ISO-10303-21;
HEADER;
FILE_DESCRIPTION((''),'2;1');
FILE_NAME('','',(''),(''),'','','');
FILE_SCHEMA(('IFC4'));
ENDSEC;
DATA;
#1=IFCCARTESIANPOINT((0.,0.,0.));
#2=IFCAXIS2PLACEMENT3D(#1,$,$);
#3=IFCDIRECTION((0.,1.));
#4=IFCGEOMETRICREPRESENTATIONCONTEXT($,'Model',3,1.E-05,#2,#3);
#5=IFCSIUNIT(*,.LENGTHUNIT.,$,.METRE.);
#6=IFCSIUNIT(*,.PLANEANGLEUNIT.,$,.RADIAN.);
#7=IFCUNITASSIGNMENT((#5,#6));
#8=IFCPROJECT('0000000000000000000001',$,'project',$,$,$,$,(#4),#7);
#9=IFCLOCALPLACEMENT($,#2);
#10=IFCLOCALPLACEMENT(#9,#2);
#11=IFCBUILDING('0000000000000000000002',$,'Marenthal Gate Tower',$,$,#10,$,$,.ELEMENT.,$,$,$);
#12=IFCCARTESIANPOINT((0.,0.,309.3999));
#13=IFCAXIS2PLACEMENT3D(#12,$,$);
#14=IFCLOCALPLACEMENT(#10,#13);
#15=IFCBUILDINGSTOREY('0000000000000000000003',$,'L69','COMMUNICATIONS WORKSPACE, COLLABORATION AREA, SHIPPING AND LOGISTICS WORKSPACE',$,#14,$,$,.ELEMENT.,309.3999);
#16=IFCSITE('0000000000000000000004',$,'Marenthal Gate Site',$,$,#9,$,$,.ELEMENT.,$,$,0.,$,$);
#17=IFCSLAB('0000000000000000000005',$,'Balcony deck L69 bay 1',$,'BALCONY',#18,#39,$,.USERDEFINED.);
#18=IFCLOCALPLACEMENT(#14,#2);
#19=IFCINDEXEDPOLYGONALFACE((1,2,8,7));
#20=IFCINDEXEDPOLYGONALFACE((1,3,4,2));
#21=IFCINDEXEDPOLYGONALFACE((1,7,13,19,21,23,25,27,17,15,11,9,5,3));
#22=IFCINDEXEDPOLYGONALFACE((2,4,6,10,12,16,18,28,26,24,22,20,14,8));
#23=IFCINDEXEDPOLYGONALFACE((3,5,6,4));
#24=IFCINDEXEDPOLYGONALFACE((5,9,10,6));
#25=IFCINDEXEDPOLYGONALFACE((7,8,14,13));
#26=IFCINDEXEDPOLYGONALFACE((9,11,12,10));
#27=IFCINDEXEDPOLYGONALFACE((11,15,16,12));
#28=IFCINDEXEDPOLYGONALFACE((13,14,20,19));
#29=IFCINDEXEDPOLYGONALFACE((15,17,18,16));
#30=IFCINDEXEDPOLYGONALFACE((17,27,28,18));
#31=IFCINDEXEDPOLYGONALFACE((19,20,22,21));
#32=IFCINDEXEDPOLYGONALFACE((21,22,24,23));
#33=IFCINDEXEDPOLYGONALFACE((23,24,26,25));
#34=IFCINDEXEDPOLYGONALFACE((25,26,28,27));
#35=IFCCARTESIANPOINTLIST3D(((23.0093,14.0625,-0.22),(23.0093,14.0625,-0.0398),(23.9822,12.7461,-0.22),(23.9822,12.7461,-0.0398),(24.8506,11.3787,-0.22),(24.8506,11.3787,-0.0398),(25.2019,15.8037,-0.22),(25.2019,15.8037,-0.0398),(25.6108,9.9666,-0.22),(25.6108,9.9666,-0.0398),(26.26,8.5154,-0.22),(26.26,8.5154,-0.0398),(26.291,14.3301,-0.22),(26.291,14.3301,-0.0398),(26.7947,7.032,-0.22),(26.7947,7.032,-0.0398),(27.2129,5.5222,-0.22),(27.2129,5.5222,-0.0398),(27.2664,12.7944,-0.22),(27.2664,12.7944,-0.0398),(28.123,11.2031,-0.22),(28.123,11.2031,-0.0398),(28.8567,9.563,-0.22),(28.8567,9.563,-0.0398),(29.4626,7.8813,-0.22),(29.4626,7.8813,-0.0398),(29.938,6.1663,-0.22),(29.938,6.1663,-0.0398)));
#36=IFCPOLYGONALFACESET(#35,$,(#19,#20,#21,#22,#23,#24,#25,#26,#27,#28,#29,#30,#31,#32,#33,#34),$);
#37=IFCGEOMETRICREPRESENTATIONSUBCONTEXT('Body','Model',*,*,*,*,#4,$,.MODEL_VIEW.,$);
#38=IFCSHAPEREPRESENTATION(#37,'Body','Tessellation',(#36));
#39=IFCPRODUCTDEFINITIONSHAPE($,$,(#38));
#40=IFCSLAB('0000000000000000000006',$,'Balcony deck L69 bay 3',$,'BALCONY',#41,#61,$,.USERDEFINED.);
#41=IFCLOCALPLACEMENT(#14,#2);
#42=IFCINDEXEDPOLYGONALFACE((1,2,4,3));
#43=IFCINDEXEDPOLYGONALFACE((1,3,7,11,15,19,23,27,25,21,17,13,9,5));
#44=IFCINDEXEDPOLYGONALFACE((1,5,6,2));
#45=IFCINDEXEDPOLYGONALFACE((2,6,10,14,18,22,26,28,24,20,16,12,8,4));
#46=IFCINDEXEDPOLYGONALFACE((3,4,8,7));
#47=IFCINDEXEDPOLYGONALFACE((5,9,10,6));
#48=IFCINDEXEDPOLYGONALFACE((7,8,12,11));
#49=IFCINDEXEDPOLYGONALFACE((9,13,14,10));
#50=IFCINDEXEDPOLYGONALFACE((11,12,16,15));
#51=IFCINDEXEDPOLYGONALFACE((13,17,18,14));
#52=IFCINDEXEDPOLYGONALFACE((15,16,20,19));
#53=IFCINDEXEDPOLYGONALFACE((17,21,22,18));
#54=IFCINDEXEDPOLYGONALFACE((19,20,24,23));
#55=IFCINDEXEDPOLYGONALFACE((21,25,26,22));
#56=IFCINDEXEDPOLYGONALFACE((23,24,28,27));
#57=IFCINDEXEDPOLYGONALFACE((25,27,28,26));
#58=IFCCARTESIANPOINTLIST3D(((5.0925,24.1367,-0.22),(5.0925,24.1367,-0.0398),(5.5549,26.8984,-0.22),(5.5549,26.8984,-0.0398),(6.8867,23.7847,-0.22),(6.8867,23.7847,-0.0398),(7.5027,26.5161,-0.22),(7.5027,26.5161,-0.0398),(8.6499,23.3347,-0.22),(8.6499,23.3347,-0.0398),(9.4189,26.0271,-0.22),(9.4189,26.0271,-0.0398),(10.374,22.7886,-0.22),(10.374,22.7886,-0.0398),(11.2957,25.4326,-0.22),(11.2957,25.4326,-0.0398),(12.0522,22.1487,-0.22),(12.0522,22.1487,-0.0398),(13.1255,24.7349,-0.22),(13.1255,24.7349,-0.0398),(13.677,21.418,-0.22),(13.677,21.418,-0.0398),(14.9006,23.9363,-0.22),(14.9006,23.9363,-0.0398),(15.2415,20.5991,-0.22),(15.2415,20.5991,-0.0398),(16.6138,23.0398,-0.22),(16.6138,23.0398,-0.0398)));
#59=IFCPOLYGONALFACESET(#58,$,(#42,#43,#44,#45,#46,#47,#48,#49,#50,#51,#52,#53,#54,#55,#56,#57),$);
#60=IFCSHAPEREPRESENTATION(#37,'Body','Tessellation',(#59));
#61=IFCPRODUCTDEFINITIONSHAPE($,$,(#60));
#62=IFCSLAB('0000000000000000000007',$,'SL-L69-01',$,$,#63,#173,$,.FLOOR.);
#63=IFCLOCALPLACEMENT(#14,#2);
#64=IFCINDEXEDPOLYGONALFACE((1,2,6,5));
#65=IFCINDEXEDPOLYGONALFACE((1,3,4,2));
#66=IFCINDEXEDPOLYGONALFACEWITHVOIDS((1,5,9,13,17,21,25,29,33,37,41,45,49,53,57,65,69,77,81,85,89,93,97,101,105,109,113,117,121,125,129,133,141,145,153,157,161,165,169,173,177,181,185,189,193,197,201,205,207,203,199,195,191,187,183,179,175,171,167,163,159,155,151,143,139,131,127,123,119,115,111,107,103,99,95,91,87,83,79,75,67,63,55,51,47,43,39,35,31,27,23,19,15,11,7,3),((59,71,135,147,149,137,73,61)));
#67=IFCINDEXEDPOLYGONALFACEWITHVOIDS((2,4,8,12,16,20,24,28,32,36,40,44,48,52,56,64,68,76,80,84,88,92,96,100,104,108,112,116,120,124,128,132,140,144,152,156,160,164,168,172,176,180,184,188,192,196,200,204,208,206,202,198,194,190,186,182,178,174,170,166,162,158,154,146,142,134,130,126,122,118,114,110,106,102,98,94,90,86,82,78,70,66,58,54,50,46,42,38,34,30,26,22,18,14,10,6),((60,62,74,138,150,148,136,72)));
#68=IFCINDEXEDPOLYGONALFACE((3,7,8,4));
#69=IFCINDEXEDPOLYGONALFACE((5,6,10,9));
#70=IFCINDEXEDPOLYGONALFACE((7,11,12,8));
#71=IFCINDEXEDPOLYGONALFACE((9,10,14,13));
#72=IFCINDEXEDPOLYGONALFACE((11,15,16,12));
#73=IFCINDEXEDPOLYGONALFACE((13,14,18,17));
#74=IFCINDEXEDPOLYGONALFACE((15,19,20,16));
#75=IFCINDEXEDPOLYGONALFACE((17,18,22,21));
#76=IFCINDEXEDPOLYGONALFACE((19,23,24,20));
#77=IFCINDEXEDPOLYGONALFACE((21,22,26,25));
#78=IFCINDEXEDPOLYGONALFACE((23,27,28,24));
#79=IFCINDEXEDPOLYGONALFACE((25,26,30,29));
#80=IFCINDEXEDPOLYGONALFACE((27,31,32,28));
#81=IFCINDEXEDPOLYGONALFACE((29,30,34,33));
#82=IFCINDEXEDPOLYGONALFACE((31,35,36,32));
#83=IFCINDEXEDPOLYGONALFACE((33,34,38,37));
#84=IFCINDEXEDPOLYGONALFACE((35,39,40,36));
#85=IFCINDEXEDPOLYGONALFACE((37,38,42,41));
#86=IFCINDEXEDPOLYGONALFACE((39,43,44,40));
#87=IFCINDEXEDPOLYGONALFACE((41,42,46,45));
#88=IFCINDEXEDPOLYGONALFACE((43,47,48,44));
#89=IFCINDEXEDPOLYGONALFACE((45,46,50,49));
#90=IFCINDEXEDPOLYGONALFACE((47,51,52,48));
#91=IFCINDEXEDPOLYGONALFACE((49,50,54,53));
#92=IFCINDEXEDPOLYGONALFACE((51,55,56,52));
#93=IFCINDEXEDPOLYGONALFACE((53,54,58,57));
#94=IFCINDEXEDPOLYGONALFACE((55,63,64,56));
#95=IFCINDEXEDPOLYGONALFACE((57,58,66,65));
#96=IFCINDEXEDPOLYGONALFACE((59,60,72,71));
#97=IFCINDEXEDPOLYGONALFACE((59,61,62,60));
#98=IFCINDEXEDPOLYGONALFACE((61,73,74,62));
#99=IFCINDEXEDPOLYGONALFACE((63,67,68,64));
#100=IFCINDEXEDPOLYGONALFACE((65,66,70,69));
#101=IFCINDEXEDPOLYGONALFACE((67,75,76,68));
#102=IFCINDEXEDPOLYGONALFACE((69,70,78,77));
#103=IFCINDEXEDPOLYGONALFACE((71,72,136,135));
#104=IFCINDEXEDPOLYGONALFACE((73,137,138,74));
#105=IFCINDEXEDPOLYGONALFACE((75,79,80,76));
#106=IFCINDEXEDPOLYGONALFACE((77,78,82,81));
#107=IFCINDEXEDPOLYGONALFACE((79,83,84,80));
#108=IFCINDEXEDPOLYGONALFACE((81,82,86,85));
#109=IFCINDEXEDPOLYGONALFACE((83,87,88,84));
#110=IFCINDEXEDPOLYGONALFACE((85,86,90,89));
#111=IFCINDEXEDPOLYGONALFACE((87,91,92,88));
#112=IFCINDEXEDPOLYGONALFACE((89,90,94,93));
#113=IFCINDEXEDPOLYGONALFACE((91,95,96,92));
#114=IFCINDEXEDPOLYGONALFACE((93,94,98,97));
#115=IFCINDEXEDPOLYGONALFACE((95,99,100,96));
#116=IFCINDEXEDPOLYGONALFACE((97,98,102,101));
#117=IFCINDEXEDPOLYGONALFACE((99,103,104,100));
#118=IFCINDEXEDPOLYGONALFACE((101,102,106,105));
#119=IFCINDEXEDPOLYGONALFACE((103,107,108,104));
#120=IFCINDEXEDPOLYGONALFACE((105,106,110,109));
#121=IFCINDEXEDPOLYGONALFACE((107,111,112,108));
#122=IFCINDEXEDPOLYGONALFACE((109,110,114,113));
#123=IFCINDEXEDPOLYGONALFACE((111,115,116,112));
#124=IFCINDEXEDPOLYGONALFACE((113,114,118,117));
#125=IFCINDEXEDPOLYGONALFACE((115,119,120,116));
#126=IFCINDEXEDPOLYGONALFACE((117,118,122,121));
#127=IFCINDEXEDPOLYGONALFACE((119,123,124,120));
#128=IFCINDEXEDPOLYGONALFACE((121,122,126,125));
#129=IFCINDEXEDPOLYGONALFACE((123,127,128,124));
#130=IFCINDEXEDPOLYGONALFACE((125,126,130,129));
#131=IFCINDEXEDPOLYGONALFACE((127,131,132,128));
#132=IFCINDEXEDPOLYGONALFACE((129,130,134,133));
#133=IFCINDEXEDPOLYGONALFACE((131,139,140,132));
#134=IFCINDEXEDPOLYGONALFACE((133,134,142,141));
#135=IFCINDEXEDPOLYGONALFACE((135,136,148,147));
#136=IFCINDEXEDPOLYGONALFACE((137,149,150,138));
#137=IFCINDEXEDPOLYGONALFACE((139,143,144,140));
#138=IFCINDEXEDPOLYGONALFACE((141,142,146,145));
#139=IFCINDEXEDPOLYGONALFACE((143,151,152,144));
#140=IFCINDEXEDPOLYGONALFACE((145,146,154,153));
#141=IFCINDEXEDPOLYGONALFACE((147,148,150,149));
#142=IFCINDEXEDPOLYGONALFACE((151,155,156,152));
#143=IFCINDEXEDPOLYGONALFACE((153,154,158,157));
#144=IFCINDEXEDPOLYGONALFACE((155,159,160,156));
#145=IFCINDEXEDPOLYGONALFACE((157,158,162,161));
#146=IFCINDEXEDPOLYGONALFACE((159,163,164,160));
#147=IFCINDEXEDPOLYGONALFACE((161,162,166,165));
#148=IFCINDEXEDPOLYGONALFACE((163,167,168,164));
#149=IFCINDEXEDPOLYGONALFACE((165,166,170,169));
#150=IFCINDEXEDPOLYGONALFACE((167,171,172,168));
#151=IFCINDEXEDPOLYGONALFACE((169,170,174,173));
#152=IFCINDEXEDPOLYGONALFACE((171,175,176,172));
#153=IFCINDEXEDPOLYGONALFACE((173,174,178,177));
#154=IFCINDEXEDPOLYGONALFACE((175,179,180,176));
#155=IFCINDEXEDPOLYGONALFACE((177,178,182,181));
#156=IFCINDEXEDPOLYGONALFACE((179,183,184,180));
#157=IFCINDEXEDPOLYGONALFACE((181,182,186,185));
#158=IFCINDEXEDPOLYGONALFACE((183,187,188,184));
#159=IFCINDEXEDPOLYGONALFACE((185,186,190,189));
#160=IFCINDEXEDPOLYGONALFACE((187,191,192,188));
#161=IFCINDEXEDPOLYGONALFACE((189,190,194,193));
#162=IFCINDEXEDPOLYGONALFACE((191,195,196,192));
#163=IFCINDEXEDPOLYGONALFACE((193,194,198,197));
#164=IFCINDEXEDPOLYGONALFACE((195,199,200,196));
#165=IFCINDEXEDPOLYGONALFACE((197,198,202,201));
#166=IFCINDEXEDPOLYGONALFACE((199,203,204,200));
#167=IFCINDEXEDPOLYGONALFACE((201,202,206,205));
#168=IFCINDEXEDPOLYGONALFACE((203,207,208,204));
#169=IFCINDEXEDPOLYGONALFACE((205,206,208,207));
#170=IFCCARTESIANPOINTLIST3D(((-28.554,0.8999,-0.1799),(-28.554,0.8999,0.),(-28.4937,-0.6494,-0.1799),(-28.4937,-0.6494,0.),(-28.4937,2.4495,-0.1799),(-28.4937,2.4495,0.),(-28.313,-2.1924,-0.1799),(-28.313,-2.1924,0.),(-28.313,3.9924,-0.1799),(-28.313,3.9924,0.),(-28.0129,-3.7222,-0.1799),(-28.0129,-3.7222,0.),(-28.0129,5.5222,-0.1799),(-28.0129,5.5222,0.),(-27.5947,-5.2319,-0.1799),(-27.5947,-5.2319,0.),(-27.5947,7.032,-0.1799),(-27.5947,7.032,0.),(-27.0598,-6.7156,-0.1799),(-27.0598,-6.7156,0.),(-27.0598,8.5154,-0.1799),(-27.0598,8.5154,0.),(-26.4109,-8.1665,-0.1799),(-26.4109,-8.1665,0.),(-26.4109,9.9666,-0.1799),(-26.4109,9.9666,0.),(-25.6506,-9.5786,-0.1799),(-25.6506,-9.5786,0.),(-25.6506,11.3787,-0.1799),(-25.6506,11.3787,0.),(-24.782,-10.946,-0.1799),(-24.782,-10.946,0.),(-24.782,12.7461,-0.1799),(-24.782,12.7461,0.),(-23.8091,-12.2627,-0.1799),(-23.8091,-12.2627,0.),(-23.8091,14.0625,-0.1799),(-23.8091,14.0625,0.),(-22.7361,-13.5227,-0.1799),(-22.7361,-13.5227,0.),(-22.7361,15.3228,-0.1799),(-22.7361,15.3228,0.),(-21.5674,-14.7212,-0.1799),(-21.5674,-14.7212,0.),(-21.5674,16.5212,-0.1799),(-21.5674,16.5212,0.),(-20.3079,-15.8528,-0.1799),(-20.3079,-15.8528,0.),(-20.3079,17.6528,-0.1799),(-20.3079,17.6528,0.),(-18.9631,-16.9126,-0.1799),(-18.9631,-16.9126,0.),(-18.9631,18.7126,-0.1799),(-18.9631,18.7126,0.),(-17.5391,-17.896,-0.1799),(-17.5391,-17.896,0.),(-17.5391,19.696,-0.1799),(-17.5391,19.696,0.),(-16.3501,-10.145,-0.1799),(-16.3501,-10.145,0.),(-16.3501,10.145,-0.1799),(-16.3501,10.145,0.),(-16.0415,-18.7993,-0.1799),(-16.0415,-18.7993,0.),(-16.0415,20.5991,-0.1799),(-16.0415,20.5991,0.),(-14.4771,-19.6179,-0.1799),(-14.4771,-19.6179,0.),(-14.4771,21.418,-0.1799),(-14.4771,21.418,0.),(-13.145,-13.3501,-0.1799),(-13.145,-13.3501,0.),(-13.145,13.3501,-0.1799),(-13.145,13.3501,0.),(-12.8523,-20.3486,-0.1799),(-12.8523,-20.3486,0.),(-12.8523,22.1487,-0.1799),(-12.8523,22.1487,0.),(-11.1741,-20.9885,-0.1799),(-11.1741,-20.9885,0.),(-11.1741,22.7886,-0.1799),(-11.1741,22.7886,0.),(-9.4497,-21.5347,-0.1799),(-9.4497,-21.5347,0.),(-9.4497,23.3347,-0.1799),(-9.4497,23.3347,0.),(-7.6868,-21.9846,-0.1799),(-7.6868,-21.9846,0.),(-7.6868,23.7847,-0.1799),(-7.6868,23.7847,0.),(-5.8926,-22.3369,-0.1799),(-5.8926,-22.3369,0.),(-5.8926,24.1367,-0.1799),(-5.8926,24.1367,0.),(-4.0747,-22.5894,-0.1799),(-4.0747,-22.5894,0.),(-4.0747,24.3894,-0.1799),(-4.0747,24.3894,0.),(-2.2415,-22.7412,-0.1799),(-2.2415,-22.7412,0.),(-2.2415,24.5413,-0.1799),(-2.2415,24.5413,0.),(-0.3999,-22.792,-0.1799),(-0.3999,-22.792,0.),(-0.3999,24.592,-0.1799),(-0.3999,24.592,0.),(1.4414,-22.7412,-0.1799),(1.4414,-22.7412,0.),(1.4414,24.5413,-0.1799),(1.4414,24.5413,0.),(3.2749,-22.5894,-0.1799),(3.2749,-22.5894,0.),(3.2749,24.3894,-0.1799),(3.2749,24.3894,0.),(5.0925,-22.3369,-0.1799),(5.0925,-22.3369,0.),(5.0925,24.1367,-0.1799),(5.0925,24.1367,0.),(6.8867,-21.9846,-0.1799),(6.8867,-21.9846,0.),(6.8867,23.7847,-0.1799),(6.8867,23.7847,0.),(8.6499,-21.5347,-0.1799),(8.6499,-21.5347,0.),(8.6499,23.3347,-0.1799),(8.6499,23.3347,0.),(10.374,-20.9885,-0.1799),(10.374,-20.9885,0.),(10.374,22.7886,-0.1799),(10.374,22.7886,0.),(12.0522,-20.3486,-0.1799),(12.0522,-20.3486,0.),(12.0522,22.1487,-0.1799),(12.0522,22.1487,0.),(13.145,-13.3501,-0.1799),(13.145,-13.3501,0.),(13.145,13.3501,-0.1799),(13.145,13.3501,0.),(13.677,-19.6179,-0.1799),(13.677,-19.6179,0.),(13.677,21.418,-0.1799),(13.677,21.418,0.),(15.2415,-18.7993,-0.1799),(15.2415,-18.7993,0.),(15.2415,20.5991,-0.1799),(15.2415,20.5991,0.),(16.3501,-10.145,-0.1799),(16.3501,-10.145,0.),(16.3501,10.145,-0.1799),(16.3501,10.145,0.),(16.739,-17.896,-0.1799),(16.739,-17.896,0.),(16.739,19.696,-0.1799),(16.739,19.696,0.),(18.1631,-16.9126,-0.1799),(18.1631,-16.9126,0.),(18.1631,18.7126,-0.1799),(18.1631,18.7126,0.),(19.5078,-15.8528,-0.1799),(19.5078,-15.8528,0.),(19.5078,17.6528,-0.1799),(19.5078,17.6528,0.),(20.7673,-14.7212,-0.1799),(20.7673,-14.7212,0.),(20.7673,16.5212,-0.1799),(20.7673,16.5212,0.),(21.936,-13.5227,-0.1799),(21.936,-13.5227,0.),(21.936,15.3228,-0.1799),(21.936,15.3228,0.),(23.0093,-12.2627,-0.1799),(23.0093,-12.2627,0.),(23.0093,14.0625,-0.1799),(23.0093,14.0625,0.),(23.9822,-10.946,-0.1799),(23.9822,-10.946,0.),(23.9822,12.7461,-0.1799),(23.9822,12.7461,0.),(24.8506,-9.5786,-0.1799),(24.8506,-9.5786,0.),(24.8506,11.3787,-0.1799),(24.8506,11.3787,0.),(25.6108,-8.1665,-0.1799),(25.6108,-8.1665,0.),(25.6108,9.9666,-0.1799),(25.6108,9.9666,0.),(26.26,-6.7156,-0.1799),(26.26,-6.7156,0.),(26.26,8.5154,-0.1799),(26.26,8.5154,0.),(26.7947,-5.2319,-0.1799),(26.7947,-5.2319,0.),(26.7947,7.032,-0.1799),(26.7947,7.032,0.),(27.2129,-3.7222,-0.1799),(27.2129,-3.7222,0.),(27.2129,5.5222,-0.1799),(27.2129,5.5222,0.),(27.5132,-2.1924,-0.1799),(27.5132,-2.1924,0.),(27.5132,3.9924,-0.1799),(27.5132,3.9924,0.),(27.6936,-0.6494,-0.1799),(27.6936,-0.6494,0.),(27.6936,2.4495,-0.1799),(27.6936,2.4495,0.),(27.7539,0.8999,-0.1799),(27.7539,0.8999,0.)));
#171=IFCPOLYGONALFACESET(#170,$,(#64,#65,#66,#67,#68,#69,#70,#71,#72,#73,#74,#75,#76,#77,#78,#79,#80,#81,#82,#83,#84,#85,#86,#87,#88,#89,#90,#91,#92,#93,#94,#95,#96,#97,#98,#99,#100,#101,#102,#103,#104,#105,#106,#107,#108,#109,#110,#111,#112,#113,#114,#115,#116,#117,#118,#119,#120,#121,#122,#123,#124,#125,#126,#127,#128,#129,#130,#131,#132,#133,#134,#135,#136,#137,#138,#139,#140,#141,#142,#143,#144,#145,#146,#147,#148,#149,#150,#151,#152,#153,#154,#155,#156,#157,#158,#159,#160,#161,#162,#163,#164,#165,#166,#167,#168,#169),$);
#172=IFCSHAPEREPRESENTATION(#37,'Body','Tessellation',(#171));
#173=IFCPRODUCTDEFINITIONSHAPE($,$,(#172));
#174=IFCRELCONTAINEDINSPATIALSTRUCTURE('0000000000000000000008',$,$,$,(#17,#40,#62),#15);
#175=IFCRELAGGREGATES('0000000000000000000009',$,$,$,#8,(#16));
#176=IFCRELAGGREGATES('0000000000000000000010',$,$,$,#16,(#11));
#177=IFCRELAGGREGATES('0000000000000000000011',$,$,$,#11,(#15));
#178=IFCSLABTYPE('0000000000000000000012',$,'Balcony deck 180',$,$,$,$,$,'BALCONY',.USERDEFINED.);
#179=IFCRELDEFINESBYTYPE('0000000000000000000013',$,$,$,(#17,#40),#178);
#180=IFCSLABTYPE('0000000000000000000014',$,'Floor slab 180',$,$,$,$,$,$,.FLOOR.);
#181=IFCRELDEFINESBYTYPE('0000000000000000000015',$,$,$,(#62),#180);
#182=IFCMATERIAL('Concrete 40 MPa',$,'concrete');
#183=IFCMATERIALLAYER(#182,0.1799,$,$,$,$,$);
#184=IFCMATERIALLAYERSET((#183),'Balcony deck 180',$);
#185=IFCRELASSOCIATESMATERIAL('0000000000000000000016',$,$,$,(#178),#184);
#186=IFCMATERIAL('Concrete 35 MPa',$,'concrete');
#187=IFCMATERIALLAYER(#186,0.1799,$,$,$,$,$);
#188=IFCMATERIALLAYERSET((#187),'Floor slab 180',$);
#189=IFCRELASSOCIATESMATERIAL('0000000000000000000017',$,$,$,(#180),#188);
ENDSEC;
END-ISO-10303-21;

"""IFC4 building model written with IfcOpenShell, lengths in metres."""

from ifc_helpers import new_model, si_unit, direction, frame, origin, place, context, subcontext, project, spatial, polyline, outline, extrude, material, layer, layer_set, type_object, element, save


model = new_model("IFC4")

# Units and contexts
model_context = context("Model", 3, precision=1e-05, world=origin(), true_north=direction((0.0, 1.0)))
body_context = subcontext(model_context, "Body", "Model", "MODEL_VIEW")
ifc_project = project(units=[si_unit("LENGTHUNIT", "METRE"), si_unit("PLANEANGLEUNIT", "RADIAN")], contexts=[model_context])

# Site, building, storey
site_placement = place(None, origin())
site = spatial("IfcSite", under=ifc_project, at=site_placement, Name="Marenthal Gate Site", CompositionType="ELEMENT", RefElevation=0.0)
building_placement = place(site_placement, origin())
building = spatial("IfcBuilding", under=site, at=building_placement, Name="Marenthal Gate Tower", CompositionType="ELEMENT")
storey_placement = place(building_placement, frame((0.0, 0.0, 309.3999)))
storey = spatial("IfcBuildingStorey", under=building, at=storey_placement, Name="L69", Description="COMMUNICATIONS WORKSPACE, COLLABORATION AREA, SHIPPING AND LOGISTICS WORKSPACE", CompositionType="ELEMENT", Elevation=309.3999)

# Slabs
ifc_material_1 = material(Name="Concrete 40 MPa", Category="concrete")
ifc_layer_1 = layer(ifc_material_1, 0.1799)
ifc_layer_set_1 = layer_set([ifc_layer_1], Name="Balcony deck 180")
slab_type_1 = type_object("IfcSlabType", Name="Balcony deck 180", ElementType="BALCONY", PredefinedType="USERDEFINED", material=ifc_layer_set_1)
slab_1_placement = place(storey_placement, frame((0.0, 0.0, -0.22)))
element("IfcSlab", 1, at=slab_1_placement, inside=storey, type_object=slab_type_1, Name="Balcony deck L69 bay 1", ObjectType="BALCONY", PredefinedType="USERDEFINED", context=body_context, shape_type="SweptSolid", body=[
    extrude(outline(polyline([(27.2129, 5.5222), (26.7947, 7.032), (26.26, 8.5154), (25.6108, 9.9666), (24.8506, 11.3787), (23.9822, 12.7461), (23.0093, 14.0625), (25.2019, 15.8037), (26.291, 14.3301), (27.2664, 12.7944), (28.123, 11.2031), (28.8567, 9.563), (29.4626, 7.8813), (29.938, 6.1663), (27.2129, 5.5222)])), origin(), (0.0, 0.0, 1.0), 0.1802),
])
slab_2_placement = place(storey_placement, frame((0.0, 0.0, -0.22)))
element("IfcSlab", 2, at=slab_2_placement, inside=storey, type_object=slab_type_1, Name="Balcony deck L69 bay 3", ObjectType="BALCONY", PredefinedType="USERDEFINED", context=body_context, shape_type="SweptSolid", body=[
    extrude(outline(polyline([(15.2415, 20.5991), (13.677, 21.418), (12.0522, 22.1487), (10.374, 22.7886), (8.6499, 23.3347), (6.8867, 23.7847), (5.0925, 24.1367), (5.5549, 26.8984), (7.5027, 26.5161), (9.4189, 26.0271), (11.2957, 25.4326), (13.1255, 24.7349), (14.9006, 23.9363), (16.6138, 23.0398), (15.2415, 20.5991)])), origin(), (0.0, 0.0, 1.0), 0.1802),
])
ifc_material_2 = material(Name="Concrete 35 MPa", Category="concrete")
ifc_layer_2 = layer(ifc_material_2, 0.1799)
ifc_layer_set_2 = layer_set([ifc_layer_2], Name="Floor slab 180")
slab_type_2 = type_object("IfcSlabType", Name="Floor slab 180", PredefinedType="FLOOR", material=ifc_layer_set_2)
slab_3_placement = place(storey_placement, frame((0.0, 0.0, -0.1799)))
element("IfcSlab", 3, at=slab_3_placement, inside=storey, type_object=slab_type_2, Name="SL-L69-01", PredefinedType="FLOOR", context=body_context, shape_type="SweptSolid", body=[
    extrude(outline(polyline([(27.7539, 0.8999), (27.6936, 2.4495), (27.5132, 3.9924), (27.2129, 5.5222), (26.7947, 7.032), (26.26, 8.5154), (25.6108, 9.9666), (24.8506, 11.3787), (23.9822, 12.7461), (23.0093, 14.0625), (21.936, 15.3228), (20.7673, 16.5212), (19.5078, 17.6528), (18.1631, 18.7126), (16.739, 19.696), (15.2415, 20.5991), (13.677, 21.418), (12.0522, 22.1487), (10.374, 22.7886), (8.6499, 23.3347), (6.8867, 23.7847), (5.0925, 24.1367), (3.2749, 24.3894), (1.4414, 24.5413), (-0.3999, 24.592), (-2.2415, 24.5413), (-4.0747, 24.3894), (-5.8926, 24.1367), (-7.6868, 23.7847), (-9.4497, 23.3347), (-11.1741, 22.7886), (-12.8523, 22.1487), (-14.4771, 21.418), (-16.0415, 20.5991), (-17.5391, 19.696), (-18.9631, 18.7126), (-20.3079, 17.6528), (-21.5674, 16.5212), (-22.7361, 15.3228), (-23.8091, 14.0625), (-24.782, 12.7461), (-25.6506, 11.3787), (-26.4109, 9.9666), (-27.0598, 8.5154), (-27.5947, 7.032), (-28.0129, 5.5222), (-28.313, 3.9924), (-28.4937, 2.4495), (-28.554, 0.8999), (-28.4937, -0.6494), (-28.313, -2.1924), (-28.0129, -3.7222), (-27.5947, -5.2319), (-27.0598, -6.7156), (-26.4109, -8.1665), (-25.6506, -9.5786), (-24.782, -10.946), (-23.8091, -12.2627), (-22.7361, -13.5227), (-21.5674, -14.7212), (-20.3079, -15.8528), (-18.9631, -16.9126), (-17.5391, -17.896), (-16.0415, -18.7993), (-14.4771, -19.6179), (-12.8523, -20.3486), (-11.1741, -20.9885), (-9.4497, -21.5347), (-7.6868, -21.9846), (-5.8926, -22.3369), (-4.0747, -22.5894), (-2.2415, -22.7412), (-0.3999, -22.792), (1.4414, -22.7412), (3.2749, -22.5894), (5.0925, -22.3369), (6.8867, -21.9846), (8.6499, -21.5347), (10.374, -20.9885), (12.0522, -20.3486), (13.677, -19.6179), (15.2415, -18.7993), (16.739, -17.896), (18.1631, -16.9126), (19.5078, -15.8528), (20.7673, -14.7212), (21.936, -13.5227), (23.0093, -12.2627), (23.9822, -10.946), (24.8506, -9.5786), (25.6108, -8.1665), (26.26, -6.7156), (26.7947, -5.2319), (27.2129, -3.7222), (27.5132, -2.1924), (27.6936, -0.6494), (27.7539, 0.8999)]), holes=[polyline([(13.145, -13.3501), (16.3501, -10.145), (16.3501, 10.145), (13.145, 13.3501), (-13.145, 13.3501), (-16.3501, 10.145), (-16.3501, -10.145), (-13.145, -13.3501), (13.145, -13.3501)])]), origin(), (0.0, 0.0, 1.0), 0.1799),
])

save(model, "model.ifc")
